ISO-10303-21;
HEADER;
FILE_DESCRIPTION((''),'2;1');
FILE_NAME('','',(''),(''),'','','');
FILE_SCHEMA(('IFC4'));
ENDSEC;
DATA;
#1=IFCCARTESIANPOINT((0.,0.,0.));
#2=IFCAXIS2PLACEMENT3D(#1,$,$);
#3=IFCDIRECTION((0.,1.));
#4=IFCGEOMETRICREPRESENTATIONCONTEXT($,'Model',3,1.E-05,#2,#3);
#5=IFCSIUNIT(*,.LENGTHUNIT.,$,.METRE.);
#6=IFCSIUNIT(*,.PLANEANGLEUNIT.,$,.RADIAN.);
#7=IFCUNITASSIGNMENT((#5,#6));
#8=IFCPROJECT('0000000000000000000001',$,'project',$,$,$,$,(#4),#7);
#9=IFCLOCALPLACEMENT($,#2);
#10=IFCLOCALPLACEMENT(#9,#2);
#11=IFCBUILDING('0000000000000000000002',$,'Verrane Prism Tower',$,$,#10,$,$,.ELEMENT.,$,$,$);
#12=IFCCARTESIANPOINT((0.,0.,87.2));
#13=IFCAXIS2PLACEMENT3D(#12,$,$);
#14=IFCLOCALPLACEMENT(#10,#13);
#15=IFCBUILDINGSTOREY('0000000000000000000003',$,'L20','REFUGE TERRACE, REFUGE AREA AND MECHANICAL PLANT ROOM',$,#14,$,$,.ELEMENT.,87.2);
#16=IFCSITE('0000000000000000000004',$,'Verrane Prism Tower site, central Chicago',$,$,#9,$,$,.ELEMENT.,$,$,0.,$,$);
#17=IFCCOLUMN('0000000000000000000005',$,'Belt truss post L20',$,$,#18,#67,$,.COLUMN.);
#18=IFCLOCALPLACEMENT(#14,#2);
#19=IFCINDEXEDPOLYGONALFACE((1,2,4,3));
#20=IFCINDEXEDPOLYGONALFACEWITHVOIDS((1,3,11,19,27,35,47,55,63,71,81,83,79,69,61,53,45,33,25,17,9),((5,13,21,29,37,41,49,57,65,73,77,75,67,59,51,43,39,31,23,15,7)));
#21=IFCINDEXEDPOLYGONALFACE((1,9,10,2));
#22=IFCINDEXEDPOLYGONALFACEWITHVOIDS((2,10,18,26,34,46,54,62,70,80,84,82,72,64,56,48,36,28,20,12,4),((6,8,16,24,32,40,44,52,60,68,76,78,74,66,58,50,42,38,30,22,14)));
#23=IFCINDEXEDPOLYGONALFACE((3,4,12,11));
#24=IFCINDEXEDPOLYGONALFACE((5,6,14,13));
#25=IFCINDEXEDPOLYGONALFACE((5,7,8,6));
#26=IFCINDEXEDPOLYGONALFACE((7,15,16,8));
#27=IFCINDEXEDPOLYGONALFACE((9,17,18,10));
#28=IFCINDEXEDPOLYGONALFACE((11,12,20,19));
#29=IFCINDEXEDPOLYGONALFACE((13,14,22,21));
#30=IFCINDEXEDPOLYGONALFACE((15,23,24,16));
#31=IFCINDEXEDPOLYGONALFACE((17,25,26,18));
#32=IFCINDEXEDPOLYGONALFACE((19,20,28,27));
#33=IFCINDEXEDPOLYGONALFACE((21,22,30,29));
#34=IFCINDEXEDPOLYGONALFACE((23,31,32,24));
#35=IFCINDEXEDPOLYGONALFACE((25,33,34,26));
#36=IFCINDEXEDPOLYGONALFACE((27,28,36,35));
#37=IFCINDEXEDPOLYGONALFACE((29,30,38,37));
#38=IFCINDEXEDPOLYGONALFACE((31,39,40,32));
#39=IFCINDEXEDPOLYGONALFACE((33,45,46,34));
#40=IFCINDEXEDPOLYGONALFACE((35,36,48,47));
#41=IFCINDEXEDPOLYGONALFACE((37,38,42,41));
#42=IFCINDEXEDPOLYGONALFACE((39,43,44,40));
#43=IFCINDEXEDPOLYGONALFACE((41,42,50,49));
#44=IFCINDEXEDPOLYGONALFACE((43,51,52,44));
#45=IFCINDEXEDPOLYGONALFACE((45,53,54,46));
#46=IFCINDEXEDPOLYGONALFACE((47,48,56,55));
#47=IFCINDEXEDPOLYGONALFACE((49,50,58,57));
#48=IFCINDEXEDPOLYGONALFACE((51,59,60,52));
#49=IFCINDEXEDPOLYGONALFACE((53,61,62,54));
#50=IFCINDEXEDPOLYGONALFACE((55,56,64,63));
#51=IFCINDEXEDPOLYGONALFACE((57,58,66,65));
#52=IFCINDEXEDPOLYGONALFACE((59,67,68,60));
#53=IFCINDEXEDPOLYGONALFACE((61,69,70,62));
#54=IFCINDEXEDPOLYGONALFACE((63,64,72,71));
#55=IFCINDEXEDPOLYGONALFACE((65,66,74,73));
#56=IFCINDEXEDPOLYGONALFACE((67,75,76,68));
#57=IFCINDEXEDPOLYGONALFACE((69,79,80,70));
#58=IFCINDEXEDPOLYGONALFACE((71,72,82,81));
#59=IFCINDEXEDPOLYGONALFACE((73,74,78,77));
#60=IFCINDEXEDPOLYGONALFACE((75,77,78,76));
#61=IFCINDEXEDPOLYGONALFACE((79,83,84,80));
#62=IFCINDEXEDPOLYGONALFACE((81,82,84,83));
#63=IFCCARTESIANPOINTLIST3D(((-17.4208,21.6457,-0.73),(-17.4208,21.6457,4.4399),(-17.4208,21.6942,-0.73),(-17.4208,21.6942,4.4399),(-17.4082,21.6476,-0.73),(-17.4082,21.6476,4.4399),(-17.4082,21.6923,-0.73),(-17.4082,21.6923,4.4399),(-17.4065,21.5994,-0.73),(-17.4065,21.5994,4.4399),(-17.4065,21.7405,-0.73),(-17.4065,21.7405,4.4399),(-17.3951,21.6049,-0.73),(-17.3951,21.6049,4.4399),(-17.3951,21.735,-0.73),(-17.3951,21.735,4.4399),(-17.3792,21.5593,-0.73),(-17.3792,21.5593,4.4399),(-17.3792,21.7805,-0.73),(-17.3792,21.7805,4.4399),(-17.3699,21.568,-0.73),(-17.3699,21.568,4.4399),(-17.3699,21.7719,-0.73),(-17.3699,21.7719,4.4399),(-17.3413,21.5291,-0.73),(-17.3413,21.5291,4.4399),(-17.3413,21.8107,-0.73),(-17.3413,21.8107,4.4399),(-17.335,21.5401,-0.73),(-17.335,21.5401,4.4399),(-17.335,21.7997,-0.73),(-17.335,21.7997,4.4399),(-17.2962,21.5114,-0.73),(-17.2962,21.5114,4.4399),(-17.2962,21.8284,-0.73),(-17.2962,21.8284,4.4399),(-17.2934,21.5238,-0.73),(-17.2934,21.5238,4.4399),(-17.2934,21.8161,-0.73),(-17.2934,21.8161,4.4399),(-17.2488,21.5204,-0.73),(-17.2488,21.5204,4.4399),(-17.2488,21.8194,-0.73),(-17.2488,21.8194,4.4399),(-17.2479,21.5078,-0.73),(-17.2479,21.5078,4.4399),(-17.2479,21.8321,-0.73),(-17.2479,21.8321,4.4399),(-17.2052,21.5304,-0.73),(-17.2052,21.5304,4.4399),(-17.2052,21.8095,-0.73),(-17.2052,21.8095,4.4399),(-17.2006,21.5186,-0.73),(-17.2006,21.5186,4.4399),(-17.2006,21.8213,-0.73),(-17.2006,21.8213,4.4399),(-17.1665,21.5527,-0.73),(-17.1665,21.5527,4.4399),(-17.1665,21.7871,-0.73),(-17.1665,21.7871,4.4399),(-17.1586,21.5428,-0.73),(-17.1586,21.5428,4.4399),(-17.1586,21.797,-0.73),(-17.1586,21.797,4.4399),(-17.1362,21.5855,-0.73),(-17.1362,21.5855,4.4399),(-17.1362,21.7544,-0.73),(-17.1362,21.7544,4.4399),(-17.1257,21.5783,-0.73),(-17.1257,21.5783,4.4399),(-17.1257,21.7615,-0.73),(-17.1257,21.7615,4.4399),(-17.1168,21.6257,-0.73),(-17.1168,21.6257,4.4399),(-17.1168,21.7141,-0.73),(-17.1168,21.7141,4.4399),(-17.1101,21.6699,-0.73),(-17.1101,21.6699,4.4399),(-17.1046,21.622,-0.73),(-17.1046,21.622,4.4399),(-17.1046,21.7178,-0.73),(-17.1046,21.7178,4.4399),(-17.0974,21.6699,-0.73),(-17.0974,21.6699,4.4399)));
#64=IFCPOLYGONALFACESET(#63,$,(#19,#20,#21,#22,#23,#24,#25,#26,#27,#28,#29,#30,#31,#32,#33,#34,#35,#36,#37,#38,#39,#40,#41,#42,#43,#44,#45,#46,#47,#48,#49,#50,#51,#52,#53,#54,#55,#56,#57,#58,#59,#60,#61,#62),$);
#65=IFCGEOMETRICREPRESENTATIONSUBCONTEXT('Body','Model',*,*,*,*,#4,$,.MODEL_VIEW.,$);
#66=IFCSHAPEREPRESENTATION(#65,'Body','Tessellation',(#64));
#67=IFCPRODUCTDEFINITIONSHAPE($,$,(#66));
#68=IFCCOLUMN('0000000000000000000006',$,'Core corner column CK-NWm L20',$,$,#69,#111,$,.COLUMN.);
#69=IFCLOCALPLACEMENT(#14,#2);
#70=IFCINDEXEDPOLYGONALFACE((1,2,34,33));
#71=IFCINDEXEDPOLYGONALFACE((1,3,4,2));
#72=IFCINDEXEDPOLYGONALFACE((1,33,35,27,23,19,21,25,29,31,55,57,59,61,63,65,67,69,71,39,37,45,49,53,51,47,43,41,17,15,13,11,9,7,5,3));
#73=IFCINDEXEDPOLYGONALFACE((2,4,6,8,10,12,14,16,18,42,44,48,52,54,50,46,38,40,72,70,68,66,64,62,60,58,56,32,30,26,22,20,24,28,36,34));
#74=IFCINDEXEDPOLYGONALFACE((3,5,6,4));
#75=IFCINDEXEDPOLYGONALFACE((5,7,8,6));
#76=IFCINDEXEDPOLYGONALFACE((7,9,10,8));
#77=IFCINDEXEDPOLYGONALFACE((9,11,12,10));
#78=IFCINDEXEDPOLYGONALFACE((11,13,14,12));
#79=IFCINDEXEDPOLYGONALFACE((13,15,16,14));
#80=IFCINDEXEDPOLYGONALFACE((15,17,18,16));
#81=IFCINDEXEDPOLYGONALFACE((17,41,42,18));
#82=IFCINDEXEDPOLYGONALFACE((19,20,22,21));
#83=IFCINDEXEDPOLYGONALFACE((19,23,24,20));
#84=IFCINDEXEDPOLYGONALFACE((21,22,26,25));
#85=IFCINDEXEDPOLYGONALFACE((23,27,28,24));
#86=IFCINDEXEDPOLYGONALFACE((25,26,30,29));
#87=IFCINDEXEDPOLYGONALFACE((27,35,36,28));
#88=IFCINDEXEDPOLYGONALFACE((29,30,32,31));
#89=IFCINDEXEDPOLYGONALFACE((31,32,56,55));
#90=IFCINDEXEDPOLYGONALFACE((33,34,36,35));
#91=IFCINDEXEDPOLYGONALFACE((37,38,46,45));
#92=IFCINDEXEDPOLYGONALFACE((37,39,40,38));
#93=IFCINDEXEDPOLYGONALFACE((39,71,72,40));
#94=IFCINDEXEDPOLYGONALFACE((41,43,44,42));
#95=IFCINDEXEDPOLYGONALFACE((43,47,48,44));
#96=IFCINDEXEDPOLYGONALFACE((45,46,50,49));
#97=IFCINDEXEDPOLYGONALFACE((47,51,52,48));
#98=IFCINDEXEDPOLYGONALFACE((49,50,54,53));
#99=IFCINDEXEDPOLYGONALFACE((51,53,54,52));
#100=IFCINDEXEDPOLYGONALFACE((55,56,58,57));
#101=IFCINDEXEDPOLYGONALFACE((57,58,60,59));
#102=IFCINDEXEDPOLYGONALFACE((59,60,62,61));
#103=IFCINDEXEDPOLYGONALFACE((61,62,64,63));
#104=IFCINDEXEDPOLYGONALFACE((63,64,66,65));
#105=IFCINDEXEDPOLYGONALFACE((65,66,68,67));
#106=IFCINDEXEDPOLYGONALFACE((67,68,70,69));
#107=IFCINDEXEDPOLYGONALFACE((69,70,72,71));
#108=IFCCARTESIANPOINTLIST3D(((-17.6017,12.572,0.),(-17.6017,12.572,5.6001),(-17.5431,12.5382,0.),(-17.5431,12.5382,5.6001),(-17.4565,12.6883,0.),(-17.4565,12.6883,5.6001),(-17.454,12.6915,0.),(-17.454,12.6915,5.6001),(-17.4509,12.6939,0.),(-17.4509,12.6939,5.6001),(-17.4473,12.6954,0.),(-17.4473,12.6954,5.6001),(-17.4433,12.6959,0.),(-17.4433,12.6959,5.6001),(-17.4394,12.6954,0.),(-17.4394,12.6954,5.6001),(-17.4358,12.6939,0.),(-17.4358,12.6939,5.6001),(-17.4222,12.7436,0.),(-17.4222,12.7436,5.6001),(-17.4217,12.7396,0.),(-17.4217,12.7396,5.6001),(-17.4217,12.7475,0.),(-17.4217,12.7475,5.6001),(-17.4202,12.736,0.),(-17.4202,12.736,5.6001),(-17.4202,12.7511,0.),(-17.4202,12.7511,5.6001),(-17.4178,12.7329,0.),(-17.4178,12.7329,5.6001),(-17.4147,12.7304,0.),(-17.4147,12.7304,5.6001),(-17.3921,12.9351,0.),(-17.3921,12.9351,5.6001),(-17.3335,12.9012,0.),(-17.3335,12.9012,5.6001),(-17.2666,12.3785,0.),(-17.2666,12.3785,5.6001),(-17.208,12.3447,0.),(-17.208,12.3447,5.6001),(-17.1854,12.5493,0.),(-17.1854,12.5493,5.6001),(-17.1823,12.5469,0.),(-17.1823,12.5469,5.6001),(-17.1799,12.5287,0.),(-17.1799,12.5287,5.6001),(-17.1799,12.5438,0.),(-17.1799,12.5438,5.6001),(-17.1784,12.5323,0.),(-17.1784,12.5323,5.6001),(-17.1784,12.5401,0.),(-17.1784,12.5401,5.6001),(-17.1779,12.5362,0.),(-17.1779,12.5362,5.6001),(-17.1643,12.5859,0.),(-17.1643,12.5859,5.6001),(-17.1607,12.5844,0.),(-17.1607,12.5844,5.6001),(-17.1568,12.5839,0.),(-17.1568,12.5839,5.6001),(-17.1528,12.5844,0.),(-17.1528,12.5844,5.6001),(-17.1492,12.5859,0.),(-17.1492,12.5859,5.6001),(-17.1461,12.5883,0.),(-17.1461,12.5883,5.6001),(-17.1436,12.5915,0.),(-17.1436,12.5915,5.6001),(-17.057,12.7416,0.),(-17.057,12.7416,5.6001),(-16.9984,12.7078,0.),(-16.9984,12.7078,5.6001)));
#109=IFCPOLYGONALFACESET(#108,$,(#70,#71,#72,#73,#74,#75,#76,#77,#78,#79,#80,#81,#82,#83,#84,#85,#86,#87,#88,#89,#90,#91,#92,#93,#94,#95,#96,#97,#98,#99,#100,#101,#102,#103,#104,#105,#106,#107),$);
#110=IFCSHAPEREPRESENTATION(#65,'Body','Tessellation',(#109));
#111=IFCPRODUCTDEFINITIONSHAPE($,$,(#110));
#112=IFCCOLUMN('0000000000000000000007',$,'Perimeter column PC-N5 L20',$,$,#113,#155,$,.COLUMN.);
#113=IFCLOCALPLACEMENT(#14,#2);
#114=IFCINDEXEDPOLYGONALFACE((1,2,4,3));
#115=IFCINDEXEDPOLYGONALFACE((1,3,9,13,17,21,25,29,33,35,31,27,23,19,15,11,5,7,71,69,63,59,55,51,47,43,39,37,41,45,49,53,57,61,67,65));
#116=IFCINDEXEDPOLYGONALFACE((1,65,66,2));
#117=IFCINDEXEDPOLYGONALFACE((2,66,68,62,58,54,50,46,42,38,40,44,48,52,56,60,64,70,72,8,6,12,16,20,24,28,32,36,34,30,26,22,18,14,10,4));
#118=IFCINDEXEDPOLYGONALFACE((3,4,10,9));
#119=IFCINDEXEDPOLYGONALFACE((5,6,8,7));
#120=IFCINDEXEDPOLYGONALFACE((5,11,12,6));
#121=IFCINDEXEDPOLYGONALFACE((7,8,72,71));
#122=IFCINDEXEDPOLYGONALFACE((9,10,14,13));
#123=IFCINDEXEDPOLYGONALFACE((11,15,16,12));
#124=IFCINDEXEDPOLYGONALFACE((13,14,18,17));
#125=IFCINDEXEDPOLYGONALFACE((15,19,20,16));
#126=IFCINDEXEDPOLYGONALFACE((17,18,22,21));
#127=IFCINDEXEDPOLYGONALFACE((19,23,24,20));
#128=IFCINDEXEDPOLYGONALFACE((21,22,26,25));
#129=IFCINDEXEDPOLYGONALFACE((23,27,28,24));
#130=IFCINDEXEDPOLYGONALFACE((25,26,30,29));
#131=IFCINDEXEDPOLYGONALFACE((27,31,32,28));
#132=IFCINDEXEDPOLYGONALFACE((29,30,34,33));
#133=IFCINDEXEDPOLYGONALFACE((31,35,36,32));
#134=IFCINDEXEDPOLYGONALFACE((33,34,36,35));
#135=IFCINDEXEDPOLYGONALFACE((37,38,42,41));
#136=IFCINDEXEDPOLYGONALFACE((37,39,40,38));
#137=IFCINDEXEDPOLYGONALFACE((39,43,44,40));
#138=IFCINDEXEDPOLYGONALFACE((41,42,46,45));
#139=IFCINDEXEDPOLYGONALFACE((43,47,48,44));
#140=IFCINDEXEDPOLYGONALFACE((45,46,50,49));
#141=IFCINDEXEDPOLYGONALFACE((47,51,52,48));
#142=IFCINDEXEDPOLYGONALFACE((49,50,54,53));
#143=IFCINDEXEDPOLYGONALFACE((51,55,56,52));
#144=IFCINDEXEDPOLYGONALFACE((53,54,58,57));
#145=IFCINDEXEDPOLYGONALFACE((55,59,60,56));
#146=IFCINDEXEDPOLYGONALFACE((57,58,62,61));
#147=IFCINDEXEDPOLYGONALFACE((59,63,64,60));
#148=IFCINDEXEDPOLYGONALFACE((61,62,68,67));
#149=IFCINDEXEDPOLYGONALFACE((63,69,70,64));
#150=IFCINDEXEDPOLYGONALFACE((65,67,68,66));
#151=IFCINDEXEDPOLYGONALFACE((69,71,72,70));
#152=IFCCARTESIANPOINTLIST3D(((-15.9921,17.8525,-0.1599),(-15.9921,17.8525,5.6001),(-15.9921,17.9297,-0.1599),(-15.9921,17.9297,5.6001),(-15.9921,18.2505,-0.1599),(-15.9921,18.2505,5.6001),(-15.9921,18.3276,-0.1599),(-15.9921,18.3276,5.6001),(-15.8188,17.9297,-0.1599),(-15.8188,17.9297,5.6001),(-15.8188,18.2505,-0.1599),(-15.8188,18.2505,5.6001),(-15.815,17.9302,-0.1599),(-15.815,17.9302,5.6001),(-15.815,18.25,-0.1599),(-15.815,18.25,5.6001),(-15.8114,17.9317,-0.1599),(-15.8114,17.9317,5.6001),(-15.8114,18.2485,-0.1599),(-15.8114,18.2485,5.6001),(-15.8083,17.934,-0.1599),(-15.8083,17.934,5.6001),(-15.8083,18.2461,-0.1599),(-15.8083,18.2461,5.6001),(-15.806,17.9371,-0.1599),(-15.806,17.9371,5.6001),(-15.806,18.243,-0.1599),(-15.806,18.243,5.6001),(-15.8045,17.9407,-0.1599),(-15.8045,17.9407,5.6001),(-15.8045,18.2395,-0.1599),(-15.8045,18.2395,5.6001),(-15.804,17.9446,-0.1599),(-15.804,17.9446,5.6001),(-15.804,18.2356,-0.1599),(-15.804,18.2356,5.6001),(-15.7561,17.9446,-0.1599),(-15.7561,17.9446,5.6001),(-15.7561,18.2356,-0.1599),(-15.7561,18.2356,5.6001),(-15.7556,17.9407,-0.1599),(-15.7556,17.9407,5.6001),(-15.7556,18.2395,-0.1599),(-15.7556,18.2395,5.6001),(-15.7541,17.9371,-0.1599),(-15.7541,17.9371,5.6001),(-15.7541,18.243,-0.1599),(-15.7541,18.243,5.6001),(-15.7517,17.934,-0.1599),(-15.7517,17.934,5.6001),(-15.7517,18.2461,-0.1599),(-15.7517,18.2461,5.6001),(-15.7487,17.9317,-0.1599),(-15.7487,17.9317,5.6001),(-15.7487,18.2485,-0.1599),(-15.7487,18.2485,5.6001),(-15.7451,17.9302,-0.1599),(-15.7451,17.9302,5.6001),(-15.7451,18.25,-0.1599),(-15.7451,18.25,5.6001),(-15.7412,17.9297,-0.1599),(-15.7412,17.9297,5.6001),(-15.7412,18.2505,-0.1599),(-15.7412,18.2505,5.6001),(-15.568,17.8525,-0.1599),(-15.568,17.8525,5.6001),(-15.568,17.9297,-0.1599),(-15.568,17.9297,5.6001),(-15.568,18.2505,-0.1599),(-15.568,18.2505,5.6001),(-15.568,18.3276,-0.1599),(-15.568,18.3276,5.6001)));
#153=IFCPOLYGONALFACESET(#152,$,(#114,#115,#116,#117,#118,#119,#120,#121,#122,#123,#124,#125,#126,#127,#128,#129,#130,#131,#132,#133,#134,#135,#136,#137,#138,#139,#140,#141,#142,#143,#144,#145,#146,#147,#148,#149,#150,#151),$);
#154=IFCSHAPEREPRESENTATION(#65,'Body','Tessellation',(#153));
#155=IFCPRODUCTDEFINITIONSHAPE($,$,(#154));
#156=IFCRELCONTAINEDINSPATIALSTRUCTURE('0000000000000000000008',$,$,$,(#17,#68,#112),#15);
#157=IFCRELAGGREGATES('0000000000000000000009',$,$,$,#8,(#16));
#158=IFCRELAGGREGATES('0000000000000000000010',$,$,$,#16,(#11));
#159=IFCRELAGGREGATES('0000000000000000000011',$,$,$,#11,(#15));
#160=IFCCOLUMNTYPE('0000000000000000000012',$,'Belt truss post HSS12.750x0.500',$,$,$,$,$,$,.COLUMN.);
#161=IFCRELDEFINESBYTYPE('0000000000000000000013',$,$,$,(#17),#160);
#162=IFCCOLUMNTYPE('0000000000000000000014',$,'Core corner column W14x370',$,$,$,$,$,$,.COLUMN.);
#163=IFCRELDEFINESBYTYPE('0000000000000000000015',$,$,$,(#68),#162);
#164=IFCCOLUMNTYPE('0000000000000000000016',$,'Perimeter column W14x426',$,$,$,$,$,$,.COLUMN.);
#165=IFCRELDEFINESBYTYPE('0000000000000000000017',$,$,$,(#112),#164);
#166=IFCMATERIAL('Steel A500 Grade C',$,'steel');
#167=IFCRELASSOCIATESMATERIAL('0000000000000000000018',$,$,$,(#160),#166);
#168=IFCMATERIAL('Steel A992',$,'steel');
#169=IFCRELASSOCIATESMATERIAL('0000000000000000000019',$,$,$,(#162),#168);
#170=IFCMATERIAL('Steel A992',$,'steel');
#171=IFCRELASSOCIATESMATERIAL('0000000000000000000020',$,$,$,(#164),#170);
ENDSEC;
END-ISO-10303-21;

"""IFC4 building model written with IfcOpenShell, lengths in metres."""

from ifc_helpers import new_model, si_unit, direction, frame, origin, origin_2d, place, context, subcontext, project, spatial, hollow_circle, i_section, extrude, material, material_profile, profile_set, type_object, element, save


model = new_model("IFC4")

# Units and contexts
model_context = context("Model", 3, precision=1e-05, world=origin(), true_north=direction((0.0, 1.0)))
body_context = subcontext(model_context, "Body", "Model", "MODEL_VIEW")
ifc_project = project(units=[si_unit("LENGTHUNIT", "METRE"), si_unit("PLANEANGLEUNIT", "RADIAN")], contexts=[model_context])

# Site, building, storey
site_placement = place(None, origin())
site = spatial("IfcSite", under=ifc_project, at=site_placement, Name="Verrane Prism Tower site, central Chicago", CompositionType="ELEMENT", RefElevation=0.0)
building_placement = place(site_placement, origin())
building = spatial("IfcBuilding", under=site, at=building_placement, Name="Verrane Prism Tower", CompositionType="ELEMENT")
storey_placement = place(building_placement, frame((0.0, 0.0, 87.2)))
storey = spatial("IfcBuildingStorey", under=building, at=storey_placement, Name="L20", Description="REFUGE TERRACE, REFUGE AREA AND MECHANICAL PLANT ROOM", CompositionType="ELEMENT", Elevation=87.2)

# Columns
ifc_material_1 = material(Name="Steel A500 Grade C", Category="steel")
ifc_material_profile_1 = material_profile(ifc_material_1, hollow_circle(Radius=0.1626, WallThickness=0.0127, at=origin_2d()), Name="HSS12.750x0.500")
ifc_profile_set_1 = profile_set([ifc_material_profile_1], Name="Steel A500 Grade C")
column_type_1 = type_object("IfcColumnType", Name="Belt truss post HSS12.750x0.500", PredefinedType="COLUMN", material=ifc_profile_set_1)
column_1_placement = place(storey_placement, frame((-17.26, 21.6699, -0.73), z_axis=(0.0, 0.0, 1.0), x_axis=(1.0, 0.0, 0.0)))
element("IfcColumn", 1, at=column_1_placement, inside=storey, type_object=column_type_1, Name="Belt truss post L20", PredefinedType="COLUMN", context=body_context, shape_type="SweptSolid", body=[
    extrude(hollow_circle(Radius=0.1626, WallThickness=0.0127, at=origin_2d()), origin(), (0.0, 0.0, 1.0), 5.1699),
])
ifc_material_2 = material(Name="Steel A992", Category="steel")
ifc_material_profile_2 = material_profile(ifc_material_2, i_section(OverallWidth=0.4192, OverallDepth=0.4546, WebThickness=0.0422, FlangeThickness=0.0676, FilletRadius=0.0151, at=origin_2d()), Name="W14x370")
ifc_profile_set_2 = profile_set([ifc_material_profile_2], Name="Steel A992")
column_type_2 = type_object("IfcColumnType", Name="Core corner column W14x370", PredefinedType="COLUMN", material=ifc_profile_set_2)
column_2_placement = place(storey_placement, frame((-17.3, 12.6399, 0.0), z_axis=(0.0, 0.0, 1.0), x_axis=(0.5, 0.866025, 0.0)))
element("IfcColumn", 2, at=column_2_placement, inside=storey, type_object=column_type_2, Name="Core corner column CK-NWm L20", PredefinedType="COLUMN", context=body_context, shape_type="SweptSolid", body=[
    extrude(i_section(OverallWidth=0.4192, OverallDepth=0.4546, WebThickness=0.0422, FlangeThickness=0.0676, FilletRadius=0.0151, at=origin_2d()), origin(), (0.0, 0.0, 1.0), 5.6001),
])
ifc_material_3 = material(Name="Steel A992", Category="steel")
ifc_material_profile_3 = material_profile(ifc_material_3, i_section(OverallWidth=0.4241, OverallDepth=0.4751, WebThickness=0.0479, FlangeThickness=0.0771, FilletRadius=0.0149, at=origin_2d()), Name="W14x426")
ifc_profile_set_3 = profile_set([ifc_material_profile_3], Name="Steel A992")
column_type_3 = type_object("IfcColumnType", Name="Perimeter column W14x426", PredefinedType="COLUMN", material=ifc_profile_set_3)
column_3_placement = place(storey_placement, frame((-15.78, 18.0901, -0.1599), z_axis=(0.0, 0.0, 1.0), x_axis=(1.0, 0.0, 0.0)))
element("IfcColumn", 3, at=column_3_placement, inside=storey, type_object=column_type_3, Name="Perimeter column PC-N5 L20", PredefinedType="COLUMN", context=body_context, shape_type="SweptSolid", body=[
    extrude(i_section(OverallWidth=0.4241, OverallDepth=0.4751, WebThickness=0.0479, FlangeThickness=0.0771, FilletRadius=0.0149, at=origin_2d()), origin(), (0.0, 0.0, 1.0), 5.76),
])

save(model, "model.ifc")
